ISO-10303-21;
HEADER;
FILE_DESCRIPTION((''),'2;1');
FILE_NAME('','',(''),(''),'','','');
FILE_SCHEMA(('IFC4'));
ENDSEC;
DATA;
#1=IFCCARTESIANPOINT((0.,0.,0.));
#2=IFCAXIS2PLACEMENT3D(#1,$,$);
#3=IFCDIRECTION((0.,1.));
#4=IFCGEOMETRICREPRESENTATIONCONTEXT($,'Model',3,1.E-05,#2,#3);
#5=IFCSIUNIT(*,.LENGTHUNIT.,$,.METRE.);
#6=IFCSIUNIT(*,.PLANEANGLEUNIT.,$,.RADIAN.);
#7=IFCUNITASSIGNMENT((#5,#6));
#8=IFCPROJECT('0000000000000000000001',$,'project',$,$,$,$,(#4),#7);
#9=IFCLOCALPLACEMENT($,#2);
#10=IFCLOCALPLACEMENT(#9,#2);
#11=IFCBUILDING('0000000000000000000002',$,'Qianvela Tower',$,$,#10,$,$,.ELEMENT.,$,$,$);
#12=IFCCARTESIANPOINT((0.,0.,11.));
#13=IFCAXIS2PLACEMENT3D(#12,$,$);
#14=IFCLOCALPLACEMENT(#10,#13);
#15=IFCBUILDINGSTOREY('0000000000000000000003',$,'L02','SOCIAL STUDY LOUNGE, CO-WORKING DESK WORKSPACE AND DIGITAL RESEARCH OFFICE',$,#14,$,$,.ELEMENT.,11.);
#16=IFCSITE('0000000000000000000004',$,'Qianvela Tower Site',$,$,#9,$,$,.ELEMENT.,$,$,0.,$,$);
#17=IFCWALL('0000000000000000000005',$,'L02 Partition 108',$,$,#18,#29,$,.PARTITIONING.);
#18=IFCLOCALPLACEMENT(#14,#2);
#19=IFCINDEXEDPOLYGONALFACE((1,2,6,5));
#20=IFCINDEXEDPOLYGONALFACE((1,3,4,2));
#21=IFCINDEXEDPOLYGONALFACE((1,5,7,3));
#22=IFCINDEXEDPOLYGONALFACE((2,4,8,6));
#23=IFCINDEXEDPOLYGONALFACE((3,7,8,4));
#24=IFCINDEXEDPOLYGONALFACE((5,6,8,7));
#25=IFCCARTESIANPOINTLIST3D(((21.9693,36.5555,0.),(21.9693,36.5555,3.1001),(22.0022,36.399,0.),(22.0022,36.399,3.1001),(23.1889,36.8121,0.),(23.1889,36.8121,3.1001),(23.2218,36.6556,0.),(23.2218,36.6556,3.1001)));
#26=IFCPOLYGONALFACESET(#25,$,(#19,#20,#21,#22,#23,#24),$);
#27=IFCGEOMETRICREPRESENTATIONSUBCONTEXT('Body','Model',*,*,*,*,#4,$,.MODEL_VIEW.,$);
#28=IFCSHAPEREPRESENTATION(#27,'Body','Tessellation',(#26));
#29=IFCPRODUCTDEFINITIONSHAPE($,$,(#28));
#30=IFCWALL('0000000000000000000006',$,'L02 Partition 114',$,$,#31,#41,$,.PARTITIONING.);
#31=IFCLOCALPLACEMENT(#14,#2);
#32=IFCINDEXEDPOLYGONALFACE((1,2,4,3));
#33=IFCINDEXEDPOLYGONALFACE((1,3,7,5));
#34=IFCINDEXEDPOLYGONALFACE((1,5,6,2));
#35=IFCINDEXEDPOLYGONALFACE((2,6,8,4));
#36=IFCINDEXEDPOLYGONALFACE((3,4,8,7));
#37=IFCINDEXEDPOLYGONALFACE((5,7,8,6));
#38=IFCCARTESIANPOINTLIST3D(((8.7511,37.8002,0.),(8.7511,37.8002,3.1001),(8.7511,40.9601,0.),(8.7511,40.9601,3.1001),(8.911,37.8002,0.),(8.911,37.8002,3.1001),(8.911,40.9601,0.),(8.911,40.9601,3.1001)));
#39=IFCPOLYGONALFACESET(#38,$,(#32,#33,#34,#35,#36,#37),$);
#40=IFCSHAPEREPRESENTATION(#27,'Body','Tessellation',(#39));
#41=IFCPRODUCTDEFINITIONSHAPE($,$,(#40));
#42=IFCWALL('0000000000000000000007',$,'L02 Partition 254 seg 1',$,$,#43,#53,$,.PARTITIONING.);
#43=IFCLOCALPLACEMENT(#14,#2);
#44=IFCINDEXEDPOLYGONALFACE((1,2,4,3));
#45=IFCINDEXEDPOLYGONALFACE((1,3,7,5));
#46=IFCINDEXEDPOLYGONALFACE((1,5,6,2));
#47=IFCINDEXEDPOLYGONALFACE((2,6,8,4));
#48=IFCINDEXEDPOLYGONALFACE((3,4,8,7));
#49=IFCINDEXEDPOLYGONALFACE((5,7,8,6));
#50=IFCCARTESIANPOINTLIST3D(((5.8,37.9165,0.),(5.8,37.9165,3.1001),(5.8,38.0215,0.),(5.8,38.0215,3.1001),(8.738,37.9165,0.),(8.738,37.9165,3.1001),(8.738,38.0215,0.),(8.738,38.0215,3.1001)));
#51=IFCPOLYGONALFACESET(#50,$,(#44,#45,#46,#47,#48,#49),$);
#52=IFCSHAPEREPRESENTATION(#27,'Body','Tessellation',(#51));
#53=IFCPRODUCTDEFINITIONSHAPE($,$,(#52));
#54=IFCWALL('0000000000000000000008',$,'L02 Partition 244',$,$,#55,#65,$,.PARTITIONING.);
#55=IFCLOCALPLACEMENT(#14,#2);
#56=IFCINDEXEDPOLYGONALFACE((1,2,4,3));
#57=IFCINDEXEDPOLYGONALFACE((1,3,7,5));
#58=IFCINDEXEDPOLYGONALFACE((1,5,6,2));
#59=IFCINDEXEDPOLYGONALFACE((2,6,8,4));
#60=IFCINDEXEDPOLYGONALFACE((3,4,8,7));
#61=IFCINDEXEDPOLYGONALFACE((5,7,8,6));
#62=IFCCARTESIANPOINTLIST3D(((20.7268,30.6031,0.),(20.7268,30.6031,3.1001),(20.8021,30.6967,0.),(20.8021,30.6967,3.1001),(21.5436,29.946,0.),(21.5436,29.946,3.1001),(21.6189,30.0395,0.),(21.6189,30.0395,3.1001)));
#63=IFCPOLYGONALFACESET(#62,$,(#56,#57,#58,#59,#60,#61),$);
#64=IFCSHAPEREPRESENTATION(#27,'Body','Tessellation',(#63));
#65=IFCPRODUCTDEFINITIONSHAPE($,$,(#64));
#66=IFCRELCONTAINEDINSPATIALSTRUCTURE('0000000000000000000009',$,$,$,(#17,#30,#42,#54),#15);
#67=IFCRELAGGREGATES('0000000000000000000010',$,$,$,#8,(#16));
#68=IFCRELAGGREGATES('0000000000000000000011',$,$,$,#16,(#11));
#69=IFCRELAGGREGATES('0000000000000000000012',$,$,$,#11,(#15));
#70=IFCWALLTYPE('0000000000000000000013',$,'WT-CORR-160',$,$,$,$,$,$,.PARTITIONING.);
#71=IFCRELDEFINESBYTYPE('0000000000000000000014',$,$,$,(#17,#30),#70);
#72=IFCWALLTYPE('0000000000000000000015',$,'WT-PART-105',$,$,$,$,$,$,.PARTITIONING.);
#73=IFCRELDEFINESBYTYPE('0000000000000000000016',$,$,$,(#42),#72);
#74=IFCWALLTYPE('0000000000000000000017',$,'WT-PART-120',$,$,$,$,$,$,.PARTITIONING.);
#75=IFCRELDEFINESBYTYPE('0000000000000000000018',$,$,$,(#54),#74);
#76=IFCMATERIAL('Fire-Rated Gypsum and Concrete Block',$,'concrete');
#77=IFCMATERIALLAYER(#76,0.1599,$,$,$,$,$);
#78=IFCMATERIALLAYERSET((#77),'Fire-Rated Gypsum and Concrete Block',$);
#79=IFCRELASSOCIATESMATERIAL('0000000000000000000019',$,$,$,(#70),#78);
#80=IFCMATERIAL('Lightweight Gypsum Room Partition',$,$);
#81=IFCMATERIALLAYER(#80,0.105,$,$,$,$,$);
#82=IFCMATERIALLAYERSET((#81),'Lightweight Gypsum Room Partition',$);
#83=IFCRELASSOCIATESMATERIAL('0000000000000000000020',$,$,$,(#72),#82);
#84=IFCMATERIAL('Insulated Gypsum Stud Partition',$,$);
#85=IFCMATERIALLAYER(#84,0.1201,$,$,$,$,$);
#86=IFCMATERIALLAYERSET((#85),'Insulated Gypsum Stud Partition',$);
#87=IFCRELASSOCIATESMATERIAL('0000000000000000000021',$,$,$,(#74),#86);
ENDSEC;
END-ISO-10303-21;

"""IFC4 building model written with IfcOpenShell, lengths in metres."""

from ifc_helpers import new_model, si_unit, direction, frame, frame_2d, origin, place, context, subcontext, project, spatial, rectangle, extrude, material, layer, layer_set, type_object, element, save


model = new_model("IFC4")

# Units and contexts
model_context = context("Model", 3, precision=1e-05, world=origin(), true_north=direction((0.0, 1.0)))
body_context = subcontext(model_context, "Body", "Model", "MODEL_VIEW")
ifc_project = project(units=[si_unit("LENGTHUNIT", "METRE"), si_unit("PLANEANGLEUNIT", "RADIAN")], contexts=[model_context])

# Site, building, storey
site_placement = place(None, origin())
site = spatial("IfcSite", under=ifc_project, at=site_placement, Name="Qianvela Tower Site", CompositionType="ELEMENT", RefElevation=0.0)
building_placement = place(site_placement, origin())
building = spatial("IfcBuilding", under=site, at=building_placement, Name="Qianvela Tower", CompositionType="ELEMENT")
storey_placement = place(building_placement, frame((0.0, 0.0, 11.0)))
storey = spatial("IfcBuildingStorey", under=building, at=storey_placement, Name="L02", Description="SOCIAL STUDY LOUNGE, CO-WORKING DESK WORKSPACE AND DIGITAL RESEARCH OFFICE", CompositionType="ELEMENT", Elevation=11.0)

# Walls
ifc_material_1 = material(Name="Fire-Rated Gypsum and Concrete Block", Category="concrete")
ifc_layer_1 = layer(ifc_material_1, 0.1599)
ifc_layer_set_1 = layer_set([ifc_layer_1], Name="Fire-Rated Gypsum and Concrete Block")
wall_type_1 = type_object("IfcWallType", Name="WT-CORR-160", PredefinedType="PARTITIONING", material=ifc_layer_set_1)
wall_1_placement = place(storey_placement, frame((21.9858, 36.4773, 0.0), z_axis=(0.0, 0.0, 1.0), x_axis=(0.978581, 0.205862, 0.0)))
element("IfcWall", 1, at=wall_1_placement, inside=storey, type_object=wall_type_1, Name="L02 Partition 108", PredefinedType="PARTITIONING", context=body_context, shape_type="SweptSolid", body=[
    extrude(rectangle(XDim=1.2463, YDim=0.1599, at=frame_2d((0.623, 0.0))), origin(), (0.0, 0.0, 1.0), 3.1001),
])
wall_2_placement = place(storey_placement, frame((8.8311, 37.8, 0.0), z_axis=(0.0, 0.0, 1.0), x_axis=(0.0, 1.0, 0.0)))
element("IfcWall", 2, at=wall_2_placement, inside=storey, type_object=wall_type_1, Name="L02 Partition 114", PredefinedType="PARTITIONING", context=body_context, shape_type="SweptSolid", body=[
    extrude(rectangle(XDim=3.1599, YDim=0.1599, at=frame_2d((1.5801, 0.0))), origin(), (0.0, 0.0, 1.0), 3.1001),
])
ifc_material_2 = material(Name="Lightweight Gypsum Room Partition")
ifc_layer_2 = layer(ifc_material_2, 0.105)
ifc_layer_set_2 = layer_set([ifc_layer_2], Name="Lightweight Gypsum Room Partition")
wall_type_2 = type_object("IfcWallType", Name="WT-PART-105", PredefinedType="PARTITIONING", material=ifc_layer_set_2)
wall_3_placement = place(storey_placement, frame((5.8, 37.969, 0.0), z_axis=(0.0, 0.0, 1.0), x_axis=(1.0, 0.0, 0.0)))
element("IfcWall", 3, at=wall_3_placement, inside=storey, type_object=wall_type_2, Name="L02 Partition 254 seg 1", PredefinedType="PARTITIONING", context=body_context, shape_type="SweptSolid", body=[
    extrude(rectangle(XDim=2.938, YDim=0.105, at=frame_2d((1.469, 0.0))), origin(), (0.0, 0.0, 1.0), 3.1001),
])
ifc_material_3 = material(Name="Insulated Gypsum Stud Partition")
ifc_layer_3 = layer(ifc_material_3, 0.1201)
ifc_layer_set_3 = layer_set([ifc_layer_3], Name="Insulated Gypsum Stud Partition")
wall_type_3 = type_object("IfcWallType", Name="WT-PART-120", PredefinedType="PARTITIONING", material=ifc_layer_set_3)
wall_4_placement = place(storey_placement, frame((20.7644, 30.6499, 0.0), z_axis=(0.0, 0.0, 1.0), x_axis=(0.779139, -0.626851, 0.0)))
element("IfcWall", 4, at=wall_4_placement, inside=storey, type_object=wall_type_3, Name="L02 Partition 244", PredefinedType="PARTITIONING", context=body_context, shape_type="SweptSolid", body=[
    extrude(rectangle(XDim=1.0483, YDim=0.1201, at=frame_2d((0.5242, 0.0))), origin(), (0.0, 0.0, 1.0), 3.1001),
])

save(model, "model.ifc")
